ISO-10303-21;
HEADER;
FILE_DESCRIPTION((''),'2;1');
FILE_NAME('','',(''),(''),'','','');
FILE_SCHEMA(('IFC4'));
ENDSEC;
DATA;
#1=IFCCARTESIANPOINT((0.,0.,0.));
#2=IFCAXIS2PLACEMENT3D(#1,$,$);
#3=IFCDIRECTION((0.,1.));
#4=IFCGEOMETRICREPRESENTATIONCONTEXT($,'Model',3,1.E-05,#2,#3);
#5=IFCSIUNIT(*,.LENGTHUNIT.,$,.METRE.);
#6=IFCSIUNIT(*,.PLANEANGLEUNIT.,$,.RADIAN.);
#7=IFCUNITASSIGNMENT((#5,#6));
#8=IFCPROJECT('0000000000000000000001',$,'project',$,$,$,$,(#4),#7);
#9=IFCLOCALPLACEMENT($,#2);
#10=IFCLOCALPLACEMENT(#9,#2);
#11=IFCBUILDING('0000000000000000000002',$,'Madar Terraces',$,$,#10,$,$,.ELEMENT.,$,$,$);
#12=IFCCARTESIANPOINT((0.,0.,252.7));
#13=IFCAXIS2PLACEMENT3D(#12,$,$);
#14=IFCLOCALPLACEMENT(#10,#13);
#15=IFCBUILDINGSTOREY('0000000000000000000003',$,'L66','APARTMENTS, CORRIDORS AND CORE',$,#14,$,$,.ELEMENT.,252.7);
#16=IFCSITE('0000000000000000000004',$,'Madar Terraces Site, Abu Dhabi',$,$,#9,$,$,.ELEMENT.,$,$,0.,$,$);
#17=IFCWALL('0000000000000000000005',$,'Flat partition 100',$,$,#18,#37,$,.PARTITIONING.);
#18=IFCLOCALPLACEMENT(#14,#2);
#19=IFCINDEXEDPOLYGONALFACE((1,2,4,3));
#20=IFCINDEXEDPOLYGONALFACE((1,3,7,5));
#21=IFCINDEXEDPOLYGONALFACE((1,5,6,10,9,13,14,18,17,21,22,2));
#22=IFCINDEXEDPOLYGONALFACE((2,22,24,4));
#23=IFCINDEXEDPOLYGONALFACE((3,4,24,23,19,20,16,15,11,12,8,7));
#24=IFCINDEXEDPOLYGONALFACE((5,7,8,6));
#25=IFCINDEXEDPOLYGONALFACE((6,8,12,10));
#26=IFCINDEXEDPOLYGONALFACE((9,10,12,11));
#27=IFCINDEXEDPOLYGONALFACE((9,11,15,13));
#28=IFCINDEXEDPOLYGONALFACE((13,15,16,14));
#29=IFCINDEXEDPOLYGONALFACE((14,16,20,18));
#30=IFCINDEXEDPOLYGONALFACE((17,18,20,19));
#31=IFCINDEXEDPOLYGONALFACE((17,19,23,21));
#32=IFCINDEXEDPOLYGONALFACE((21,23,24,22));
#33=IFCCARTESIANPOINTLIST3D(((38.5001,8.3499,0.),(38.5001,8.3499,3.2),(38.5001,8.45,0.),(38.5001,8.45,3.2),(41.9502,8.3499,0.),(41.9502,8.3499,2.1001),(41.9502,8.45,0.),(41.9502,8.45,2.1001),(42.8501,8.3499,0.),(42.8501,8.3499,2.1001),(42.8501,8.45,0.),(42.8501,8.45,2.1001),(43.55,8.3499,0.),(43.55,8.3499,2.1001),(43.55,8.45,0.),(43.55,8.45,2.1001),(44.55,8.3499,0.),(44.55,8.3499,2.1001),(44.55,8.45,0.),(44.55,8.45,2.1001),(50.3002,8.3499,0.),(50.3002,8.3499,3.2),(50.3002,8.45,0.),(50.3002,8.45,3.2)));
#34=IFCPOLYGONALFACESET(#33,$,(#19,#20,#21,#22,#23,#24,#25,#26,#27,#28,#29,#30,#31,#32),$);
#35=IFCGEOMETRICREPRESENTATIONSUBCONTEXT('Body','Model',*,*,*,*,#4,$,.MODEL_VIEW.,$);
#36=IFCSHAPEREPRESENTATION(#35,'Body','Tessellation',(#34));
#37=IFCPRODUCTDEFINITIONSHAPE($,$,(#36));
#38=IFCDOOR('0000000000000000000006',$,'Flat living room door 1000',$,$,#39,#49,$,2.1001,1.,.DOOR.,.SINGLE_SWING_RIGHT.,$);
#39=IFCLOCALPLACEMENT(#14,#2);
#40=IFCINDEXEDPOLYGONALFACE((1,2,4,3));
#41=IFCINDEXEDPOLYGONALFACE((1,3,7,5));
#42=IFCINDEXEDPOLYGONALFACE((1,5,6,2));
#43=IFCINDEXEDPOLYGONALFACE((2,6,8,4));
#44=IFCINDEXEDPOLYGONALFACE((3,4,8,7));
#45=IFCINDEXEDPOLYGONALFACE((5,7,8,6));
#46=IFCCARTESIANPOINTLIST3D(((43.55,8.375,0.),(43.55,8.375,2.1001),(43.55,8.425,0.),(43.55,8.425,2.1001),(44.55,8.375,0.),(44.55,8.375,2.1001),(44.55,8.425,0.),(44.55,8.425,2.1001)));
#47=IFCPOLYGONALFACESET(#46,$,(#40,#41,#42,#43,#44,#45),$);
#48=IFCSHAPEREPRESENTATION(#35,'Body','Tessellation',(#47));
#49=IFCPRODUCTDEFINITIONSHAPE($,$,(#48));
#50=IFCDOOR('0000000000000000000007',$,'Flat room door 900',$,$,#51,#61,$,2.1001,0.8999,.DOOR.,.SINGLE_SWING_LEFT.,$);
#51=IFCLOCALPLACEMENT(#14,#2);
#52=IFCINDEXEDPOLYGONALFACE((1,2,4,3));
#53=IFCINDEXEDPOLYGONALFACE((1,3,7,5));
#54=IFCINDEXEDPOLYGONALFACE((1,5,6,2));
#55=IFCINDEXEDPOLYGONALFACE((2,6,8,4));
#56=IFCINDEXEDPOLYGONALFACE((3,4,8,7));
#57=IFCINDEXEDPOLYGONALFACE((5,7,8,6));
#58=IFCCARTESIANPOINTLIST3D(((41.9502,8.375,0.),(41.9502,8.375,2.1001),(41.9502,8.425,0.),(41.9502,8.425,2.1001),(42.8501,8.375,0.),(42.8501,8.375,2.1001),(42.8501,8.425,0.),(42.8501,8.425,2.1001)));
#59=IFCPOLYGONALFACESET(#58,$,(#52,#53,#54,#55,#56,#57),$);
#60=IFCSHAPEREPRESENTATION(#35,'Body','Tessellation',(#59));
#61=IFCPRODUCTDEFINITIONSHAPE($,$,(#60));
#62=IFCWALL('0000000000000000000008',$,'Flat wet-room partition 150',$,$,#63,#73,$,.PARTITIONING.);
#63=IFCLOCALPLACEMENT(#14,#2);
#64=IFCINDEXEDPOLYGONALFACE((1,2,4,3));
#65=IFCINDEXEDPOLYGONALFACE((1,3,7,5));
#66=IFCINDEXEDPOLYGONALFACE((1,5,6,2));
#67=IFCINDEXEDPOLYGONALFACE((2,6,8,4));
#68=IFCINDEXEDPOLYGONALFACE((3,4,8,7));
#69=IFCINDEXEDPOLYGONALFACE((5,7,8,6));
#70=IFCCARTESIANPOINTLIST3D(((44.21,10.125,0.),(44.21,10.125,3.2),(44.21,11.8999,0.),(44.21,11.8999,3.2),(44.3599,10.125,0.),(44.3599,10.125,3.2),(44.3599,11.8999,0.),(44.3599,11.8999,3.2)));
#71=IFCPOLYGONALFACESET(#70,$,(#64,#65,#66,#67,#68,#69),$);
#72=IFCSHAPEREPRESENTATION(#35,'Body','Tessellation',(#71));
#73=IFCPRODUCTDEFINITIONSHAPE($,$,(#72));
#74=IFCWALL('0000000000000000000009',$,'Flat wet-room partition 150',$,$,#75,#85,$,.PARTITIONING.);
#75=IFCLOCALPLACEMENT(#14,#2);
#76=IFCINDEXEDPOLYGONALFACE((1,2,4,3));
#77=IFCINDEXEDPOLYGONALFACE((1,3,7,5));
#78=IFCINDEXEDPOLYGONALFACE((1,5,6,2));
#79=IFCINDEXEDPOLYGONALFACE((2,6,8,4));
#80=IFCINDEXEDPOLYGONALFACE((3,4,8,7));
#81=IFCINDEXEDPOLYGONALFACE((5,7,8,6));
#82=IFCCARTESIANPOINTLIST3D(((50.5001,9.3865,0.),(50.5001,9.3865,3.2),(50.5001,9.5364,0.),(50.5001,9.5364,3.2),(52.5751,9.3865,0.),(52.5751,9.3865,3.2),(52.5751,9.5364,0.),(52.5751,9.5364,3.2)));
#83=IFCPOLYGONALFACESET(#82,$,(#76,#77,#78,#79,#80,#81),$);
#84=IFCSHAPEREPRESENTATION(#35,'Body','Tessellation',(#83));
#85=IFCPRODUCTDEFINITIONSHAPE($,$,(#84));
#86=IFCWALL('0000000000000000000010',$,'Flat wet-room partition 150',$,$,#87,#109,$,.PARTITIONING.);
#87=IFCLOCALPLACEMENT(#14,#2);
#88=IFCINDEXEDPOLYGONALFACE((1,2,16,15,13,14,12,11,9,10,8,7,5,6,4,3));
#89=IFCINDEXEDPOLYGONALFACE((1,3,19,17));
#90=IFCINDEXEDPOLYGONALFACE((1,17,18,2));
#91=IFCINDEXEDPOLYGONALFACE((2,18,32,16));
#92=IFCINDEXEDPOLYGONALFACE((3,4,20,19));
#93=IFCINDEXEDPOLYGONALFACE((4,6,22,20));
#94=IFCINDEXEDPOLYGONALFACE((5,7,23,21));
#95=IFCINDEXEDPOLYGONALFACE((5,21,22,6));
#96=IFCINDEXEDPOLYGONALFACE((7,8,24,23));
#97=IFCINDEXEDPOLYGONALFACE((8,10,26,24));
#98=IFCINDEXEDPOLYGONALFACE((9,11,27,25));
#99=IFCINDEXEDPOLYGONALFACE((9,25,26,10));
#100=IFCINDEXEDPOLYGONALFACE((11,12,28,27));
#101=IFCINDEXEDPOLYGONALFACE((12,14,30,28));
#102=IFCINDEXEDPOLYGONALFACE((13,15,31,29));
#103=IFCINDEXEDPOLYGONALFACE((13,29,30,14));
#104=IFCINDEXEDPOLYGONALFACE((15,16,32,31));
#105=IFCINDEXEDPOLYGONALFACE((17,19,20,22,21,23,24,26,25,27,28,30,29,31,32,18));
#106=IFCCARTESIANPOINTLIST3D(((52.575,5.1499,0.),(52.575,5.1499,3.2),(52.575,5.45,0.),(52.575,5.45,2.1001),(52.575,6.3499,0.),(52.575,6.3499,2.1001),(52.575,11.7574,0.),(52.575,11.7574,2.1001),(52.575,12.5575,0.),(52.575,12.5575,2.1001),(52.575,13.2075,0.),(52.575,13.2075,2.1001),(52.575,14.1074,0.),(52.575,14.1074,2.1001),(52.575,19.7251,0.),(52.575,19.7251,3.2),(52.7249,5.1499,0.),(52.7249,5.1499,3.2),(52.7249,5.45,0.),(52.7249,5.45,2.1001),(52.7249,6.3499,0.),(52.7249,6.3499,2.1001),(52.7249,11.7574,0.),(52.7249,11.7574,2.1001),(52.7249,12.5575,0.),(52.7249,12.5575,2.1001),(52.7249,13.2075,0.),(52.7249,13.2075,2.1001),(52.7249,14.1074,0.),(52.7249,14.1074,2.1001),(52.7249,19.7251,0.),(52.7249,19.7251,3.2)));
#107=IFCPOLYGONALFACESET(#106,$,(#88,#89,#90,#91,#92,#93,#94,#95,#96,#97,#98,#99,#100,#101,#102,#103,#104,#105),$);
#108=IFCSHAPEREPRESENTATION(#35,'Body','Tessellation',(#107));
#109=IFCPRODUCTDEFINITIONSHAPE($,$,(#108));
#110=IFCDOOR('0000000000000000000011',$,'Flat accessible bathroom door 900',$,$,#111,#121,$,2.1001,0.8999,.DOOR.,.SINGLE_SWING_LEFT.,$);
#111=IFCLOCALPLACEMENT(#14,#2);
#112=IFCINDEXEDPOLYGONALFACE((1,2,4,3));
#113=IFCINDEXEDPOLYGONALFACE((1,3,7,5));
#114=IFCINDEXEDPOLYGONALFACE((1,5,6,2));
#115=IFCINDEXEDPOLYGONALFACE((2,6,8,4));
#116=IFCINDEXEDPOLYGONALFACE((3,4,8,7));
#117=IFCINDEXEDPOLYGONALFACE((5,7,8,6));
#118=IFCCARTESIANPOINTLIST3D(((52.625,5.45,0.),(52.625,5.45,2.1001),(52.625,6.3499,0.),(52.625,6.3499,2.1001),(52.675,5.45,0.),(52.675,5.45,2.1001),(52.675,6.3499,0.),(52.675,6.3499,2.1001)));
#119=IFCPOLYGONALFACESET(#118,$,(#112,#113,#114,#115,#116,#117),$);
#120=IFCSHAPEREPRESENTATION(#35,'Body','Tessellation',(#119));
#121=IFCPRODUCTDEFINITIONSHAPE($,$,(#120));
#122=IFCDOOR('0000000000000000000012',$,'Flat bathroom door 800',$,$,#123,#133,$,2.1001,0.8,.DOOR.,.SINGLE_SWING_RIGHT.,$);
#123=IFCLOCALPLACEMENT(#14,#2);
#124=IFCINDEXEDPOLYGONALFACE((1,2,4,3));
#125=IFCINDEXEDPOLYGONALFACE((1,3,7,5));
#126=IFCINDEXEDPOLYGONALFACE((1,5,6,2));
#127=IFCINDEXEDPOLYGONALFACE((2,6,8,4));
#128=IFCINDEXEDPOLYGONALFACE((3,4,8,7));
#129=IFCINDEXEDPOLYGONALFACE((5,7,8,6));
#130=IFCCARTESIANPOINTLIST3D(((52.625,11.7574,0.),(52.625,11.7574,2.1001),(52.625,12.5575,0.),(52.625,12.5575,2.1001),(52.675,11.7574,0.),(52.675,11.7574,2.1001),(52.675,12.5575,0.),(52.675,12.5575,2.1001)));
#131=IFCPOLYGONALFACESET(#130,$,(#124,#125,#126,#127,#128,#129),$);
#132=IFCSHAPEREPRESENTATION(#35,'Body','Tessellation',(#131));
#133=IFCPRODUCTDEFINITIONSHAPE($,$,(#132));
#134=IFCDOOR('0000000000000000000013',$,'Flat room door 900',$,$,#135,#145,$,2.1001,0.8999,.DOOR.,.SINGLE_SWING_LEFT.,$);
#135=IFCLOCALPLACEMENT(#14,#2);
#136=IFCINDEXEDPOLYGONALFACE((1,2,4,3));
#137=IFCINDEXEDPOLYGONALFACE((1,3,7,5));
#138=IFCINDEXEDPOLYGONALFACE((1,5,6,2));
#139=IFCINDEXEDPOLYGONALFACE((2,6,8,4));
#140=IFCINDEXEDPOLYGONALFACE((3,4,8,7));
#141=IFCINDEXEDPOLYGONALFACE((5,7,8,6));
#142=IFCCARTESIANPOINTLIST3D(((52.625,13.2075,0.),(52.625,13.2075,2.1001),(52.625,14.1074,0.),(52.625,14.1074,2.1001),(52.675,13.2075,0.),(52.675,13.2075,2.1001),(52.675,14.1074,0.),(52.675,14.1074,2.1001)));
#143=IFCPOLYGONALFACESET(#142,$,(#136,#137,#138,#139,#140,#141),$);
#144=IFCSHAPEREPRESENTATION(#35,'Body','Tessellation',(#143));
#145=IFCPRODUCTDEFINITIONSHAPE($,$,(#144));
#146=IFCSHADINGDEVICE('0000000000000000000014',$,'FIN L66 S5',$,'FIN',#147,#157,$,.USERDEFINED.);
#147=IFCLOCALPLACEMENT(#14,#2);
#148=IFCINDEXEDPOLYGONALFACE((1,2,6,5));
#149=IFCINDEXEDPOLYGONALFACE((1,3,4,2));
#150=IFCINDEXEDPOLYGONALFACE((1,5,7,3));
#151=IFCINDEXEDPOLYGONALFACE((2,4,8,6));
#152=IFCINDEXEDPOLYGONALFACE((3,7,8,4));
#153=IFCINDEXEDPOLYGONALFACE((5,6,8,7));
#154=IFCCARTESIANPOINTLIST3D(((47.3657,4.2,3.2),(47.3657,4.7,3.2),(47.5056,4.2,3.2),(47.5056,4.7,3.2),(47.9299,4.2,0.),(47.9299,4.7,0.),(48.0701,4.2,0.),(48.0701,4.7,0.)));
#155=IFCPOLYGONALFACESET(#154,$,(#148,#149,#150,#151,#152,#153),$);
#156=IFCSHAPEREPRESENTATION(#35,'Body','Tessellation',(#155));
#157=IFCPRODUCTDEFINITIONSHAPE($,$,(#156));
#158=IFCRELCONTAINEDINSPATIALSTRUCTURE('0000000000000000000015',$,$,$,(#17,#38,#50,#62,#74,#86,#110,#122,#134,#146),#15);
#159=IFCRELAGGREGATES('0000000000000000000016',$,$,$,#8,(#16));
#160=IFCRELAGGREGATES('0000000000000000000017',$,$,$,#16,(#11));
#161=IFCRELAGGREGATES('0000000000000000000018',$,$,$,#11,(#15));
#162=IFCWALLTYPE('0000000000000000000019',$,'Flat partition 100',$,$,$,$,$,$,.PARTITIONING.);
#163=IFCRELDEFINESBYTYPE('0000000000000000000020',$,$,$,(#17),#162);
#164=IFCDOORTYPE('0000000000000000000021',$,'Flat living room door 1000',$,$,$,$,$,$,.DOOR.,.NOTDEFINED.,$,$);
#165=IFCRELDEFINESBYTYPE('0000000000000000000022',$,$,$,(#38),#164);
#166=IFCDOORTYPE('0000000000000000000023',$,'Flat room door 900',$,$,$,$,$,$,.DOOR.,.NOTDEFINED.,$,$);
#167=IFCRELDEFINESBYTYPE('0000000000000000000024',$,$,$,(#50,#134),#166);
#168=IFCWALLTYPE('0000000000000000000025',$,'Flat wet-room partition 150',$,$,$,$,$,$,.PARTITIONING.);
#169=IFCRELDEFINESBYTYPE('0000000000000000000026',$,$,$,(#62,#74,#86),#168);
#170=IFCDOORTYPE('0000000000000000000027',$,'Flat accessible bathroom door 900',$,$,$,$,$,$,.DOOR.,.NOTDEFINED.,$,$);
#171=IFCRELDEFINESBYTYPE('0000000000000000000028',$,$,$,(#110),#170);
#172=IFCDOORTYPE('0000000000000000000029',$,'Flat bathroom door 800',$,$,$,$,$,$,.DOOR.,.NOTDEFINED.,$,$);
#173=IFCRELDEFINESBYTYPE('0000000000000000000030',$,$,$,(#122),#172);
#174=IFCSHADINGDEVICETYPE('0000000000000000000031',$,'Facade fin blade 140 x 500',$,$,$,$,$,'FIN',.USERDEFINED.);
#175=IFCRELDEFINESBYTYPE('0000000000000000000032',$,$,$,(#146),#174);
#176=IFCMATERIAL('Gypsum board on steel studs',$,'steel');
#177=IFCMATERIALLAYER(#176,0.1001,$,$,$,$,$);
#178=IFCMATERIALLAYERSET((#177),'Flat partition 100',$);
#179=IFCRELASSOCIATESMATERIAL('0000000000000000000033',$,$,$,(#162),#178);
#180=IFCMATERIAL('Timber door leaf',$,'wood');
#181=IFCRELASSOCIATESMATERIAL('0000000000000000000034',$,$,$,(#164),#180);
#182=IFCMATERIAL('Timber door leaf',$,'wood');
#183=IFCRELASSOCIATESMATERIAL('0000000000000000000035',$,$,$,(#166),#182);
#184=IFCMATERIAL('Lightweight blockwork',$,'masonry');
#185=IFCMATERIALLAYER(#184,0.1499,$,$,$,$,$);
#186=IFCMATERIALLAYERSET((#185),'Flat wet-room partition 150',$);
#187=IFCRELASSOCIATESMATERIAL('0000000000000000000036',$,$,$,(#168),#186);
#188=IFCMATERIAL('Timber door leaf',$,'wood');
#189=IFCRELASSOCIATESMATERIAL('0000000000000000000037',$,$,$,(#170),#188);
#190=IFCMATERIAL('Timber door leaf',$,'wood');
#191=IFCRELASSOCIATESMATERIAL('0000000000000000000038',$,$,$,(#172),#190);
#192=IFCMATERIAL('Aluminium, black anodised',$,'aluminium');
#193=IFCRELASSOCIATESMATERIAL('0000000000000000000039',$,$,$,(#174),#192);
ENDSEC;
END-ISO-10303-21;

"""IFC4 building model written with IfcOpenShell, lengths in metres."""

from ifc_helpers import new_model, si_unit, direction, frame, frame_2d, origin, place, context, subcontext, project, spatial, polyline, rectangle, outline, extrude, material, layer, layer_set, type_object, element, fill, save


model = new_model("IFC4")

# Units and contexts
model_context = context("Model", 3, precision=1e-05, world=origin(), true_north=direction((0.0, 1.0)))
body_context = subcontext(model_context, "Body", "Model", "MODEL_VIEW")
ifc_project = project(units=[si_unit("LENGTHUNIT", "METRE"), si_unit("PLANEANGLEUNIT", "RADIAN")], contexts=[model_context])

# Site, building, storey
site_placement = place(None, origin())
site = spatial("IfcSite", under=ifc_project, at=site_placement, Name="Madar Terraces Site, Abu Dhabi", CompositionType="ELEMENT", RefElevation=0.0)
building_placement = place(site_placement, origin())
building = spatial("IfcBuilding", under=site, at=building_placement, Name="Madar Terraces", CompositionType="ELEMENT")
storey_placement = place(building_placement, frame((0.0, 0.0, 252.7)))
storey = spatial("IfcBuildingStorey", under=building, at=storey_placement, Name="L66", Description="APARTMENTS, CORRIDORS AND CORE", CompositionType="ELEMENT", Elevation=252.7)

# Wall, openings, doors
ifc_material_1 = material(Name="Gypsum board on steel studs", Category="steel")
ifc_layer_1 = layer(ifc_material_1, 0.1001)
ifc_layer_set_1 = layer_set([ifc_layer_1], Name="Flat partition 100")
wall_type_1 = type_object("IfcWallType", Name="Flat partition 100", PredefinedType="PARTITIONING", material=ifc_layer_set_1)
wall_1_placement = place(storey_placement, frame((50.3, 8.3999, 0.0), z_axis=(0.0, 0.0, 1.0), x_axis=(-1.0, 0.0, 0.0)))
wall_1 = element("IfcWall", 1, at=wall_1_placement, inside=storey, type_object=wall_type_1, Name="Flat partition 100", PredefinedType="PARTITIONING", context=body_context, shape_type="SweptSolid", body=[
    extrude(rectangle(XDim=11.8, YDim=0.1001, at=frame_2d((5.8999, 0.0))), origin(), (0.0, 0.0, 1.0), 3.2),
])
opening_1_placement = place(wall_1_placement, frame((7.45, 0.0, 0.0)))
opening_1 = element("IfcOpeningElement", 2, at=opening_1_placement, cuts=wall_1, PredefinedType="OPENING", context=body_context, shape_type="SweptSolid", body=[
    extrude(rectangle(XDim=0.8999, YDim=2.1001, at=frame_2d((0.45, 1.05))), frame((0.0, 0.0601, 0.0), z_axis=(0.0, -1.0, 0.0), x_axis=(1.0, 0.0, 0.0)), (0.0, 0.0, 1.0), 0.1201),
])
opening_2_placement = place(wall_1_placement, frame((5.75, 0.0, 0.0)))
opening_2 = element("IfcOpeningElement", 3, at=opening_2_placement, cuts=wall_1, PredefinedType="OPENING", context=body_context, shape_type="SweptSolid", body=[
    extrude(rectangle(XDim=1.0, YDim=2.1001, at=frame_2d((0.5, 1.05))), frame((0.0, 0.0601, 0.0), z_axis=(0.0, -1.0, 0.0), x_axis=(1.0, 0.0, 0.0)), (0.0, 0.0, 1.0), 0.1201),
])
ifc_material_2 = material(Name="Timber door leaf", Category="wood")
door_type_1 = type_object("IfcDoorType", Name="Flat living room door 1000", OperationType="NOTDEFINED", PredefinedType="DOOR", material=ifc_material_2)
door_1_placement = place(opening_2_placement, origin())
door_1 = element("IfcDoor", 4, at=door_1_placement, inside=storey, type_object=door_type_1, Name="Flat living room door 1000", OperationType="SINGLE_SWING_RIGHT", OverallHeight=2.1001, OverallWidth=1.0, PredefinedType="DOOR", context=body_context, shape_type="SweptSolid", body=[
    extrude(rectangle(XDim=1.0, YDim=2.1001, at=frame_2d((0.5, 1.05))), frame((0.0, 0.0249, 0.0), z_axis=(0.0, -1.0, 0.0), x_axis=(1.0, 0.0, 0.0)), (0.0, 0.0, 1.0), 0.05),
])
fill(opening_2, door_1)
ifc_material_3 = material(Name="Timber door leaf", Category="wood")
door_type_2 = type_object("IfcDoorType", Name="Flat room door 900", OperationType="NOTDEFINED", PredefinedType="DOOR", material=ifc_material_3)
door_2_placement = place(opening_1_placement, origin())
door_2 = element("IfcDoor", 5, at=door_2_placement, inside=storey, type_object=door_type_2, Name="Flat room door 900", OperationType="SINGLE_SWING_LEFT", OverallHeight=2.1001, OverallWidth=0.8999, PredefinedType="DOOR", context=body_context, shape_type="SweptSolid", body=[
    extrude(rectangle(XDim=0.8999, YDim=2.1001, at=frame_2d((0.45, 1.05))), frame((0.0, 0.0249, 0.0), z_axis=(0.0, -1.0, 0.0), x_axis=(1.0, 0.0, 0.0)), (0.0, 0.0, 1.0), 0.05),
])
fill(opening_1, door_2)

# Walls
ifc_material_4 = material(Name="Lightweight blockwork", Category="masonry")
ifc_layer_2 = layer(ifc_material_4, 0.1499)
ifc_layer_set_2 = layer_set([ifc_layer_2], Name="Flat wet-room partition 150")
wall_type_2 = type_object("IfcWallType", Name="Flat wet-room partition 150", PredefinedType="PARTITIONING", material=ifc_layer_set_2)
wall_2_placement = place(storey_placement, frame((44.2849, 11.8999, 0.0), z_axis=(0.0, 0.0, 1.0), x_axis=(0.0, -1.0, 0.0)))
element("IfcWall", 6, at=wall_2_placement, inside=storey, type_object=wall_type_2, Name="Flat wet-room partition 150", PredefinedType="PARTITIONING", context=body_context, shape_type="SweptSolid", body=[
    extrude(rectangle(XDim=1.7749, YDim=0.1499, at=frame_2d((0.8875, 0.0))), origin(), (0.0, 0.0, 1.0), 3.2),
])
wall_3_placement = place(storey_placement, frame((50.5, 9.4614, 0.0), z_axis=(0.0, 0.0, 1.0), x_axis=(1.0, 0.0, 0.0)))
element("IfcWall", 7, at=wall_3_placement, inside=storey, type_object=wall_type_2, Name="Flat wet-room partition 150", PredefinedType="PARTITIONING", context=body_context, shape_type="SweptSolid", body=[
    extrude(rectangle(XDim=2.075, YDim=0.1499, at=frame_2d((1.0376, 0.0))), origin(), (0.0, 0.0, 1.0), 3.2),
])

# Wall, openings, doors
wall_4_placement = place(storey_placement, frame((52.6499, 5.1499, 0.0), z_axis=(0.0, 0.0, 1.0), x_axis=(0.0, 1.0, 0.0)))
wall_4 = element("IfcWall", 8, at=wall_4_placement, inside=storey, type_object=wall_type_2, Name="Flat wet-room partition 150", PredefinedType="PARTITIONING", context=body_context, shape_type="SweptSolid", body=[
    extrude(rectangle(XDim=14.5752, YDim=0.1499, at=frame_2d((7.2876, 0.0))), origin(), (0.0, 0.0, 1.0), 3.2),
])
opening_3_placement = place(wall_4_placement, frame((8.0576, 0.0, 0.0)))
opening_3 = element("IfcOpeningElement", 9, at=opening_3_placement, cuts=wall_4, PredefinedType="OPENING", context=body_context, shape_type="SweptSolid", body=[
    extrude(rectangle(XDim=0.8999, YDim=2.1001, at=frame_2d((0.45, 1.05))), frame((0.0, 0.085, 0.0), z_axis=(0.0, -1.0, 0.0), x_axis=(1.0, 0.0, 0.0)), (0.0, 0.0, 1.0), 0.1699),
])
opening_4_placement = place(wall_4_placement, frame((6.6077, 0.0, 0.0)))
opening_4 = element("IfcOpeningElement", 10, at=opening_4_placement, cuts=wall_4, PredefinedType="OPENING", context=body_context, shape_type="SweptSolid", body=[
    extrude(rectangle(XDim=0.8, YDim=2.1001, at=frame_2d((0.3999, 1.05))), frame((0.0, 0.085, 0.0), z_axis=(0.0, -1.0, 0.0), x_axis=(1.0, 0.0, 0.0)), (0.0, 0.0, 1.0), 0.1699),
])
opening_5_placement = place(wall_4_placement, frame((0.3, 0.0, 0.0)))
opening_5 = element("IfcOpeningElement", 11, at=opening_5_placement, cuts=wall_4, PredefinedType="OPENING", context=body_context, shape_type="SweptSolid", body=[
    extrude(rectangle(XDim=0.8999, YDim=2.1001, at=frame_2d((0.45, 1.05))), frame((0.0, 0.085, 0.0), z_axis=(0.0, -1.0, 0.0), x_axis=(1.0, 0.0, 0.0)), (0.0, 0.0, 1.0), 0.1699),
])
ifc_material_5 = material(Name="Timber door leaf", Category="wood")
door_type_3 = type_object("IfcDoorType", Name="Flat accessible bathroom door 900", OperationType="NOTDEFINED", PredefinedType="DOOR", material=ifc_material_5)
door_3_placement = place(opening_5_placement, origin())
door_3 = element("IfcDoor", 12, at=door_3_placement, inside=storey, type_object=door_type_3, Name="Flat accessible bathroom door 900", OperationType="SINGLE_SWING_LEFT", OverallHeight=2.1001, OverallWidth=0.8999, PredefinedType="DOOR", context=body_context, shape_type="SweptSolid", body=[
    extrude(rectangle(XDim=0.8999, YDim=2.1001, at=frame_2d((0.45, 1.05))), frame((0.0, 0.0249, 0.0), z_axis=(0.0, -1.0, 0.0), x_axis=(1.0, 0.0, 0.0)), (0.0, 0.0, 1.0), 0.05),
])
fill(opening_5, door_3)
ifc_material_6 = material(Name="Timber door leaf", Category="wood")
door_type_4 = type_object("IfcDoorType", Name="Flat bathroom door 800", OperationType="NOTDEFINED", PredefinedType="DOOR", material=ifc_material_6)
door_4_placement = place(opening_4_placement, origin())
door_4 = element("IfcDoor", 13, at=door_4_placement, inside=storey, type_object=door_type_4, Name="Flat bathroom door 800", OperationType="SINGLE_SWING_RIGHT", OverallHeight=2.1001, OverallWidth=0.8, PredefinedType="DOOR", context=body_context, shape_type="SweptSolid", body=[
    extrude(rectangle(XDim=0.8, YDim=2.1001, at=frame_2d((0.3999, 1.05))), frame((0.0, 0.0249, 0.0), z_axis=(0.0, -1.0, 0.0), x_axis=(1.0, 0.0, 0.0)), (0.0, 0.0, 1.0), 0.05),
])
fill(opening_4, door_4)
door_5_placement = place(opening_3_placement, origin())
door_5 = element("IfcDoor", 14, at=door_5_placement, inside=storey, type_object=door_type_2, Name="Flat room door 900", OperationType="SINGLE_SWING_LEFT", OverallHeight=2.1001, OverallWidth=0.8999, PredefinedType="DOOR", context=body_context, shape_type="SweptSolid", body=[
    extrude(rectangle(XDim=0.8999, YDim=2.1001, at=frame_2d((0.45, 1.05))), frame((0.0, 0.0249, 0.0), z_axis=(0.0, -1.0, 0.0), x_axis=(1.0, 0.0, 0.0)), (0.0, 0.0, 1.0), 0.05),
])
fill(opening_3, door_5)

# Shading device
ifc_material_7 = material(Name="Aluminium, black anodised", Category="aluminium")
shading_device_type = type_object("IfcShadingDeviceType", Name="Facade fin blade 140 x 500", ElementType="FIN", PredefinedType="USERDEFINED", material=ifc_material_7)
shading_device_1_placement = place(storey_placement, frame((47.9299, 4.45, 0.0), z_axis=(0.0, 0.0, 1.0), x_axis=(1.0, 0.0, 0.0)))
element("IfcShadingDevice", 15, at=shading_device_1_placement, inside=storey, type_object=shading_device_type, Name="FIN L66 S5", ObjectType="FIN", PredefinedType="USERDEFINED", context=body_context, shape_type="SweptSolid", body=[
    extrude(outline(polyline([(0.0, 0.0), (0.1401, 0.0), (-0.4243, 3.2), (-0.5642, 3.2), (0.0, 0.0)])), frame((0.0, 0.25, 0.0), z_axis=(0.0, -1.0, 0.0), x_axis=(1.0, 0.0, 0.0)), (0.0, 0.0, 1.0), 0.5),
])

save(model, "model.ifc")
